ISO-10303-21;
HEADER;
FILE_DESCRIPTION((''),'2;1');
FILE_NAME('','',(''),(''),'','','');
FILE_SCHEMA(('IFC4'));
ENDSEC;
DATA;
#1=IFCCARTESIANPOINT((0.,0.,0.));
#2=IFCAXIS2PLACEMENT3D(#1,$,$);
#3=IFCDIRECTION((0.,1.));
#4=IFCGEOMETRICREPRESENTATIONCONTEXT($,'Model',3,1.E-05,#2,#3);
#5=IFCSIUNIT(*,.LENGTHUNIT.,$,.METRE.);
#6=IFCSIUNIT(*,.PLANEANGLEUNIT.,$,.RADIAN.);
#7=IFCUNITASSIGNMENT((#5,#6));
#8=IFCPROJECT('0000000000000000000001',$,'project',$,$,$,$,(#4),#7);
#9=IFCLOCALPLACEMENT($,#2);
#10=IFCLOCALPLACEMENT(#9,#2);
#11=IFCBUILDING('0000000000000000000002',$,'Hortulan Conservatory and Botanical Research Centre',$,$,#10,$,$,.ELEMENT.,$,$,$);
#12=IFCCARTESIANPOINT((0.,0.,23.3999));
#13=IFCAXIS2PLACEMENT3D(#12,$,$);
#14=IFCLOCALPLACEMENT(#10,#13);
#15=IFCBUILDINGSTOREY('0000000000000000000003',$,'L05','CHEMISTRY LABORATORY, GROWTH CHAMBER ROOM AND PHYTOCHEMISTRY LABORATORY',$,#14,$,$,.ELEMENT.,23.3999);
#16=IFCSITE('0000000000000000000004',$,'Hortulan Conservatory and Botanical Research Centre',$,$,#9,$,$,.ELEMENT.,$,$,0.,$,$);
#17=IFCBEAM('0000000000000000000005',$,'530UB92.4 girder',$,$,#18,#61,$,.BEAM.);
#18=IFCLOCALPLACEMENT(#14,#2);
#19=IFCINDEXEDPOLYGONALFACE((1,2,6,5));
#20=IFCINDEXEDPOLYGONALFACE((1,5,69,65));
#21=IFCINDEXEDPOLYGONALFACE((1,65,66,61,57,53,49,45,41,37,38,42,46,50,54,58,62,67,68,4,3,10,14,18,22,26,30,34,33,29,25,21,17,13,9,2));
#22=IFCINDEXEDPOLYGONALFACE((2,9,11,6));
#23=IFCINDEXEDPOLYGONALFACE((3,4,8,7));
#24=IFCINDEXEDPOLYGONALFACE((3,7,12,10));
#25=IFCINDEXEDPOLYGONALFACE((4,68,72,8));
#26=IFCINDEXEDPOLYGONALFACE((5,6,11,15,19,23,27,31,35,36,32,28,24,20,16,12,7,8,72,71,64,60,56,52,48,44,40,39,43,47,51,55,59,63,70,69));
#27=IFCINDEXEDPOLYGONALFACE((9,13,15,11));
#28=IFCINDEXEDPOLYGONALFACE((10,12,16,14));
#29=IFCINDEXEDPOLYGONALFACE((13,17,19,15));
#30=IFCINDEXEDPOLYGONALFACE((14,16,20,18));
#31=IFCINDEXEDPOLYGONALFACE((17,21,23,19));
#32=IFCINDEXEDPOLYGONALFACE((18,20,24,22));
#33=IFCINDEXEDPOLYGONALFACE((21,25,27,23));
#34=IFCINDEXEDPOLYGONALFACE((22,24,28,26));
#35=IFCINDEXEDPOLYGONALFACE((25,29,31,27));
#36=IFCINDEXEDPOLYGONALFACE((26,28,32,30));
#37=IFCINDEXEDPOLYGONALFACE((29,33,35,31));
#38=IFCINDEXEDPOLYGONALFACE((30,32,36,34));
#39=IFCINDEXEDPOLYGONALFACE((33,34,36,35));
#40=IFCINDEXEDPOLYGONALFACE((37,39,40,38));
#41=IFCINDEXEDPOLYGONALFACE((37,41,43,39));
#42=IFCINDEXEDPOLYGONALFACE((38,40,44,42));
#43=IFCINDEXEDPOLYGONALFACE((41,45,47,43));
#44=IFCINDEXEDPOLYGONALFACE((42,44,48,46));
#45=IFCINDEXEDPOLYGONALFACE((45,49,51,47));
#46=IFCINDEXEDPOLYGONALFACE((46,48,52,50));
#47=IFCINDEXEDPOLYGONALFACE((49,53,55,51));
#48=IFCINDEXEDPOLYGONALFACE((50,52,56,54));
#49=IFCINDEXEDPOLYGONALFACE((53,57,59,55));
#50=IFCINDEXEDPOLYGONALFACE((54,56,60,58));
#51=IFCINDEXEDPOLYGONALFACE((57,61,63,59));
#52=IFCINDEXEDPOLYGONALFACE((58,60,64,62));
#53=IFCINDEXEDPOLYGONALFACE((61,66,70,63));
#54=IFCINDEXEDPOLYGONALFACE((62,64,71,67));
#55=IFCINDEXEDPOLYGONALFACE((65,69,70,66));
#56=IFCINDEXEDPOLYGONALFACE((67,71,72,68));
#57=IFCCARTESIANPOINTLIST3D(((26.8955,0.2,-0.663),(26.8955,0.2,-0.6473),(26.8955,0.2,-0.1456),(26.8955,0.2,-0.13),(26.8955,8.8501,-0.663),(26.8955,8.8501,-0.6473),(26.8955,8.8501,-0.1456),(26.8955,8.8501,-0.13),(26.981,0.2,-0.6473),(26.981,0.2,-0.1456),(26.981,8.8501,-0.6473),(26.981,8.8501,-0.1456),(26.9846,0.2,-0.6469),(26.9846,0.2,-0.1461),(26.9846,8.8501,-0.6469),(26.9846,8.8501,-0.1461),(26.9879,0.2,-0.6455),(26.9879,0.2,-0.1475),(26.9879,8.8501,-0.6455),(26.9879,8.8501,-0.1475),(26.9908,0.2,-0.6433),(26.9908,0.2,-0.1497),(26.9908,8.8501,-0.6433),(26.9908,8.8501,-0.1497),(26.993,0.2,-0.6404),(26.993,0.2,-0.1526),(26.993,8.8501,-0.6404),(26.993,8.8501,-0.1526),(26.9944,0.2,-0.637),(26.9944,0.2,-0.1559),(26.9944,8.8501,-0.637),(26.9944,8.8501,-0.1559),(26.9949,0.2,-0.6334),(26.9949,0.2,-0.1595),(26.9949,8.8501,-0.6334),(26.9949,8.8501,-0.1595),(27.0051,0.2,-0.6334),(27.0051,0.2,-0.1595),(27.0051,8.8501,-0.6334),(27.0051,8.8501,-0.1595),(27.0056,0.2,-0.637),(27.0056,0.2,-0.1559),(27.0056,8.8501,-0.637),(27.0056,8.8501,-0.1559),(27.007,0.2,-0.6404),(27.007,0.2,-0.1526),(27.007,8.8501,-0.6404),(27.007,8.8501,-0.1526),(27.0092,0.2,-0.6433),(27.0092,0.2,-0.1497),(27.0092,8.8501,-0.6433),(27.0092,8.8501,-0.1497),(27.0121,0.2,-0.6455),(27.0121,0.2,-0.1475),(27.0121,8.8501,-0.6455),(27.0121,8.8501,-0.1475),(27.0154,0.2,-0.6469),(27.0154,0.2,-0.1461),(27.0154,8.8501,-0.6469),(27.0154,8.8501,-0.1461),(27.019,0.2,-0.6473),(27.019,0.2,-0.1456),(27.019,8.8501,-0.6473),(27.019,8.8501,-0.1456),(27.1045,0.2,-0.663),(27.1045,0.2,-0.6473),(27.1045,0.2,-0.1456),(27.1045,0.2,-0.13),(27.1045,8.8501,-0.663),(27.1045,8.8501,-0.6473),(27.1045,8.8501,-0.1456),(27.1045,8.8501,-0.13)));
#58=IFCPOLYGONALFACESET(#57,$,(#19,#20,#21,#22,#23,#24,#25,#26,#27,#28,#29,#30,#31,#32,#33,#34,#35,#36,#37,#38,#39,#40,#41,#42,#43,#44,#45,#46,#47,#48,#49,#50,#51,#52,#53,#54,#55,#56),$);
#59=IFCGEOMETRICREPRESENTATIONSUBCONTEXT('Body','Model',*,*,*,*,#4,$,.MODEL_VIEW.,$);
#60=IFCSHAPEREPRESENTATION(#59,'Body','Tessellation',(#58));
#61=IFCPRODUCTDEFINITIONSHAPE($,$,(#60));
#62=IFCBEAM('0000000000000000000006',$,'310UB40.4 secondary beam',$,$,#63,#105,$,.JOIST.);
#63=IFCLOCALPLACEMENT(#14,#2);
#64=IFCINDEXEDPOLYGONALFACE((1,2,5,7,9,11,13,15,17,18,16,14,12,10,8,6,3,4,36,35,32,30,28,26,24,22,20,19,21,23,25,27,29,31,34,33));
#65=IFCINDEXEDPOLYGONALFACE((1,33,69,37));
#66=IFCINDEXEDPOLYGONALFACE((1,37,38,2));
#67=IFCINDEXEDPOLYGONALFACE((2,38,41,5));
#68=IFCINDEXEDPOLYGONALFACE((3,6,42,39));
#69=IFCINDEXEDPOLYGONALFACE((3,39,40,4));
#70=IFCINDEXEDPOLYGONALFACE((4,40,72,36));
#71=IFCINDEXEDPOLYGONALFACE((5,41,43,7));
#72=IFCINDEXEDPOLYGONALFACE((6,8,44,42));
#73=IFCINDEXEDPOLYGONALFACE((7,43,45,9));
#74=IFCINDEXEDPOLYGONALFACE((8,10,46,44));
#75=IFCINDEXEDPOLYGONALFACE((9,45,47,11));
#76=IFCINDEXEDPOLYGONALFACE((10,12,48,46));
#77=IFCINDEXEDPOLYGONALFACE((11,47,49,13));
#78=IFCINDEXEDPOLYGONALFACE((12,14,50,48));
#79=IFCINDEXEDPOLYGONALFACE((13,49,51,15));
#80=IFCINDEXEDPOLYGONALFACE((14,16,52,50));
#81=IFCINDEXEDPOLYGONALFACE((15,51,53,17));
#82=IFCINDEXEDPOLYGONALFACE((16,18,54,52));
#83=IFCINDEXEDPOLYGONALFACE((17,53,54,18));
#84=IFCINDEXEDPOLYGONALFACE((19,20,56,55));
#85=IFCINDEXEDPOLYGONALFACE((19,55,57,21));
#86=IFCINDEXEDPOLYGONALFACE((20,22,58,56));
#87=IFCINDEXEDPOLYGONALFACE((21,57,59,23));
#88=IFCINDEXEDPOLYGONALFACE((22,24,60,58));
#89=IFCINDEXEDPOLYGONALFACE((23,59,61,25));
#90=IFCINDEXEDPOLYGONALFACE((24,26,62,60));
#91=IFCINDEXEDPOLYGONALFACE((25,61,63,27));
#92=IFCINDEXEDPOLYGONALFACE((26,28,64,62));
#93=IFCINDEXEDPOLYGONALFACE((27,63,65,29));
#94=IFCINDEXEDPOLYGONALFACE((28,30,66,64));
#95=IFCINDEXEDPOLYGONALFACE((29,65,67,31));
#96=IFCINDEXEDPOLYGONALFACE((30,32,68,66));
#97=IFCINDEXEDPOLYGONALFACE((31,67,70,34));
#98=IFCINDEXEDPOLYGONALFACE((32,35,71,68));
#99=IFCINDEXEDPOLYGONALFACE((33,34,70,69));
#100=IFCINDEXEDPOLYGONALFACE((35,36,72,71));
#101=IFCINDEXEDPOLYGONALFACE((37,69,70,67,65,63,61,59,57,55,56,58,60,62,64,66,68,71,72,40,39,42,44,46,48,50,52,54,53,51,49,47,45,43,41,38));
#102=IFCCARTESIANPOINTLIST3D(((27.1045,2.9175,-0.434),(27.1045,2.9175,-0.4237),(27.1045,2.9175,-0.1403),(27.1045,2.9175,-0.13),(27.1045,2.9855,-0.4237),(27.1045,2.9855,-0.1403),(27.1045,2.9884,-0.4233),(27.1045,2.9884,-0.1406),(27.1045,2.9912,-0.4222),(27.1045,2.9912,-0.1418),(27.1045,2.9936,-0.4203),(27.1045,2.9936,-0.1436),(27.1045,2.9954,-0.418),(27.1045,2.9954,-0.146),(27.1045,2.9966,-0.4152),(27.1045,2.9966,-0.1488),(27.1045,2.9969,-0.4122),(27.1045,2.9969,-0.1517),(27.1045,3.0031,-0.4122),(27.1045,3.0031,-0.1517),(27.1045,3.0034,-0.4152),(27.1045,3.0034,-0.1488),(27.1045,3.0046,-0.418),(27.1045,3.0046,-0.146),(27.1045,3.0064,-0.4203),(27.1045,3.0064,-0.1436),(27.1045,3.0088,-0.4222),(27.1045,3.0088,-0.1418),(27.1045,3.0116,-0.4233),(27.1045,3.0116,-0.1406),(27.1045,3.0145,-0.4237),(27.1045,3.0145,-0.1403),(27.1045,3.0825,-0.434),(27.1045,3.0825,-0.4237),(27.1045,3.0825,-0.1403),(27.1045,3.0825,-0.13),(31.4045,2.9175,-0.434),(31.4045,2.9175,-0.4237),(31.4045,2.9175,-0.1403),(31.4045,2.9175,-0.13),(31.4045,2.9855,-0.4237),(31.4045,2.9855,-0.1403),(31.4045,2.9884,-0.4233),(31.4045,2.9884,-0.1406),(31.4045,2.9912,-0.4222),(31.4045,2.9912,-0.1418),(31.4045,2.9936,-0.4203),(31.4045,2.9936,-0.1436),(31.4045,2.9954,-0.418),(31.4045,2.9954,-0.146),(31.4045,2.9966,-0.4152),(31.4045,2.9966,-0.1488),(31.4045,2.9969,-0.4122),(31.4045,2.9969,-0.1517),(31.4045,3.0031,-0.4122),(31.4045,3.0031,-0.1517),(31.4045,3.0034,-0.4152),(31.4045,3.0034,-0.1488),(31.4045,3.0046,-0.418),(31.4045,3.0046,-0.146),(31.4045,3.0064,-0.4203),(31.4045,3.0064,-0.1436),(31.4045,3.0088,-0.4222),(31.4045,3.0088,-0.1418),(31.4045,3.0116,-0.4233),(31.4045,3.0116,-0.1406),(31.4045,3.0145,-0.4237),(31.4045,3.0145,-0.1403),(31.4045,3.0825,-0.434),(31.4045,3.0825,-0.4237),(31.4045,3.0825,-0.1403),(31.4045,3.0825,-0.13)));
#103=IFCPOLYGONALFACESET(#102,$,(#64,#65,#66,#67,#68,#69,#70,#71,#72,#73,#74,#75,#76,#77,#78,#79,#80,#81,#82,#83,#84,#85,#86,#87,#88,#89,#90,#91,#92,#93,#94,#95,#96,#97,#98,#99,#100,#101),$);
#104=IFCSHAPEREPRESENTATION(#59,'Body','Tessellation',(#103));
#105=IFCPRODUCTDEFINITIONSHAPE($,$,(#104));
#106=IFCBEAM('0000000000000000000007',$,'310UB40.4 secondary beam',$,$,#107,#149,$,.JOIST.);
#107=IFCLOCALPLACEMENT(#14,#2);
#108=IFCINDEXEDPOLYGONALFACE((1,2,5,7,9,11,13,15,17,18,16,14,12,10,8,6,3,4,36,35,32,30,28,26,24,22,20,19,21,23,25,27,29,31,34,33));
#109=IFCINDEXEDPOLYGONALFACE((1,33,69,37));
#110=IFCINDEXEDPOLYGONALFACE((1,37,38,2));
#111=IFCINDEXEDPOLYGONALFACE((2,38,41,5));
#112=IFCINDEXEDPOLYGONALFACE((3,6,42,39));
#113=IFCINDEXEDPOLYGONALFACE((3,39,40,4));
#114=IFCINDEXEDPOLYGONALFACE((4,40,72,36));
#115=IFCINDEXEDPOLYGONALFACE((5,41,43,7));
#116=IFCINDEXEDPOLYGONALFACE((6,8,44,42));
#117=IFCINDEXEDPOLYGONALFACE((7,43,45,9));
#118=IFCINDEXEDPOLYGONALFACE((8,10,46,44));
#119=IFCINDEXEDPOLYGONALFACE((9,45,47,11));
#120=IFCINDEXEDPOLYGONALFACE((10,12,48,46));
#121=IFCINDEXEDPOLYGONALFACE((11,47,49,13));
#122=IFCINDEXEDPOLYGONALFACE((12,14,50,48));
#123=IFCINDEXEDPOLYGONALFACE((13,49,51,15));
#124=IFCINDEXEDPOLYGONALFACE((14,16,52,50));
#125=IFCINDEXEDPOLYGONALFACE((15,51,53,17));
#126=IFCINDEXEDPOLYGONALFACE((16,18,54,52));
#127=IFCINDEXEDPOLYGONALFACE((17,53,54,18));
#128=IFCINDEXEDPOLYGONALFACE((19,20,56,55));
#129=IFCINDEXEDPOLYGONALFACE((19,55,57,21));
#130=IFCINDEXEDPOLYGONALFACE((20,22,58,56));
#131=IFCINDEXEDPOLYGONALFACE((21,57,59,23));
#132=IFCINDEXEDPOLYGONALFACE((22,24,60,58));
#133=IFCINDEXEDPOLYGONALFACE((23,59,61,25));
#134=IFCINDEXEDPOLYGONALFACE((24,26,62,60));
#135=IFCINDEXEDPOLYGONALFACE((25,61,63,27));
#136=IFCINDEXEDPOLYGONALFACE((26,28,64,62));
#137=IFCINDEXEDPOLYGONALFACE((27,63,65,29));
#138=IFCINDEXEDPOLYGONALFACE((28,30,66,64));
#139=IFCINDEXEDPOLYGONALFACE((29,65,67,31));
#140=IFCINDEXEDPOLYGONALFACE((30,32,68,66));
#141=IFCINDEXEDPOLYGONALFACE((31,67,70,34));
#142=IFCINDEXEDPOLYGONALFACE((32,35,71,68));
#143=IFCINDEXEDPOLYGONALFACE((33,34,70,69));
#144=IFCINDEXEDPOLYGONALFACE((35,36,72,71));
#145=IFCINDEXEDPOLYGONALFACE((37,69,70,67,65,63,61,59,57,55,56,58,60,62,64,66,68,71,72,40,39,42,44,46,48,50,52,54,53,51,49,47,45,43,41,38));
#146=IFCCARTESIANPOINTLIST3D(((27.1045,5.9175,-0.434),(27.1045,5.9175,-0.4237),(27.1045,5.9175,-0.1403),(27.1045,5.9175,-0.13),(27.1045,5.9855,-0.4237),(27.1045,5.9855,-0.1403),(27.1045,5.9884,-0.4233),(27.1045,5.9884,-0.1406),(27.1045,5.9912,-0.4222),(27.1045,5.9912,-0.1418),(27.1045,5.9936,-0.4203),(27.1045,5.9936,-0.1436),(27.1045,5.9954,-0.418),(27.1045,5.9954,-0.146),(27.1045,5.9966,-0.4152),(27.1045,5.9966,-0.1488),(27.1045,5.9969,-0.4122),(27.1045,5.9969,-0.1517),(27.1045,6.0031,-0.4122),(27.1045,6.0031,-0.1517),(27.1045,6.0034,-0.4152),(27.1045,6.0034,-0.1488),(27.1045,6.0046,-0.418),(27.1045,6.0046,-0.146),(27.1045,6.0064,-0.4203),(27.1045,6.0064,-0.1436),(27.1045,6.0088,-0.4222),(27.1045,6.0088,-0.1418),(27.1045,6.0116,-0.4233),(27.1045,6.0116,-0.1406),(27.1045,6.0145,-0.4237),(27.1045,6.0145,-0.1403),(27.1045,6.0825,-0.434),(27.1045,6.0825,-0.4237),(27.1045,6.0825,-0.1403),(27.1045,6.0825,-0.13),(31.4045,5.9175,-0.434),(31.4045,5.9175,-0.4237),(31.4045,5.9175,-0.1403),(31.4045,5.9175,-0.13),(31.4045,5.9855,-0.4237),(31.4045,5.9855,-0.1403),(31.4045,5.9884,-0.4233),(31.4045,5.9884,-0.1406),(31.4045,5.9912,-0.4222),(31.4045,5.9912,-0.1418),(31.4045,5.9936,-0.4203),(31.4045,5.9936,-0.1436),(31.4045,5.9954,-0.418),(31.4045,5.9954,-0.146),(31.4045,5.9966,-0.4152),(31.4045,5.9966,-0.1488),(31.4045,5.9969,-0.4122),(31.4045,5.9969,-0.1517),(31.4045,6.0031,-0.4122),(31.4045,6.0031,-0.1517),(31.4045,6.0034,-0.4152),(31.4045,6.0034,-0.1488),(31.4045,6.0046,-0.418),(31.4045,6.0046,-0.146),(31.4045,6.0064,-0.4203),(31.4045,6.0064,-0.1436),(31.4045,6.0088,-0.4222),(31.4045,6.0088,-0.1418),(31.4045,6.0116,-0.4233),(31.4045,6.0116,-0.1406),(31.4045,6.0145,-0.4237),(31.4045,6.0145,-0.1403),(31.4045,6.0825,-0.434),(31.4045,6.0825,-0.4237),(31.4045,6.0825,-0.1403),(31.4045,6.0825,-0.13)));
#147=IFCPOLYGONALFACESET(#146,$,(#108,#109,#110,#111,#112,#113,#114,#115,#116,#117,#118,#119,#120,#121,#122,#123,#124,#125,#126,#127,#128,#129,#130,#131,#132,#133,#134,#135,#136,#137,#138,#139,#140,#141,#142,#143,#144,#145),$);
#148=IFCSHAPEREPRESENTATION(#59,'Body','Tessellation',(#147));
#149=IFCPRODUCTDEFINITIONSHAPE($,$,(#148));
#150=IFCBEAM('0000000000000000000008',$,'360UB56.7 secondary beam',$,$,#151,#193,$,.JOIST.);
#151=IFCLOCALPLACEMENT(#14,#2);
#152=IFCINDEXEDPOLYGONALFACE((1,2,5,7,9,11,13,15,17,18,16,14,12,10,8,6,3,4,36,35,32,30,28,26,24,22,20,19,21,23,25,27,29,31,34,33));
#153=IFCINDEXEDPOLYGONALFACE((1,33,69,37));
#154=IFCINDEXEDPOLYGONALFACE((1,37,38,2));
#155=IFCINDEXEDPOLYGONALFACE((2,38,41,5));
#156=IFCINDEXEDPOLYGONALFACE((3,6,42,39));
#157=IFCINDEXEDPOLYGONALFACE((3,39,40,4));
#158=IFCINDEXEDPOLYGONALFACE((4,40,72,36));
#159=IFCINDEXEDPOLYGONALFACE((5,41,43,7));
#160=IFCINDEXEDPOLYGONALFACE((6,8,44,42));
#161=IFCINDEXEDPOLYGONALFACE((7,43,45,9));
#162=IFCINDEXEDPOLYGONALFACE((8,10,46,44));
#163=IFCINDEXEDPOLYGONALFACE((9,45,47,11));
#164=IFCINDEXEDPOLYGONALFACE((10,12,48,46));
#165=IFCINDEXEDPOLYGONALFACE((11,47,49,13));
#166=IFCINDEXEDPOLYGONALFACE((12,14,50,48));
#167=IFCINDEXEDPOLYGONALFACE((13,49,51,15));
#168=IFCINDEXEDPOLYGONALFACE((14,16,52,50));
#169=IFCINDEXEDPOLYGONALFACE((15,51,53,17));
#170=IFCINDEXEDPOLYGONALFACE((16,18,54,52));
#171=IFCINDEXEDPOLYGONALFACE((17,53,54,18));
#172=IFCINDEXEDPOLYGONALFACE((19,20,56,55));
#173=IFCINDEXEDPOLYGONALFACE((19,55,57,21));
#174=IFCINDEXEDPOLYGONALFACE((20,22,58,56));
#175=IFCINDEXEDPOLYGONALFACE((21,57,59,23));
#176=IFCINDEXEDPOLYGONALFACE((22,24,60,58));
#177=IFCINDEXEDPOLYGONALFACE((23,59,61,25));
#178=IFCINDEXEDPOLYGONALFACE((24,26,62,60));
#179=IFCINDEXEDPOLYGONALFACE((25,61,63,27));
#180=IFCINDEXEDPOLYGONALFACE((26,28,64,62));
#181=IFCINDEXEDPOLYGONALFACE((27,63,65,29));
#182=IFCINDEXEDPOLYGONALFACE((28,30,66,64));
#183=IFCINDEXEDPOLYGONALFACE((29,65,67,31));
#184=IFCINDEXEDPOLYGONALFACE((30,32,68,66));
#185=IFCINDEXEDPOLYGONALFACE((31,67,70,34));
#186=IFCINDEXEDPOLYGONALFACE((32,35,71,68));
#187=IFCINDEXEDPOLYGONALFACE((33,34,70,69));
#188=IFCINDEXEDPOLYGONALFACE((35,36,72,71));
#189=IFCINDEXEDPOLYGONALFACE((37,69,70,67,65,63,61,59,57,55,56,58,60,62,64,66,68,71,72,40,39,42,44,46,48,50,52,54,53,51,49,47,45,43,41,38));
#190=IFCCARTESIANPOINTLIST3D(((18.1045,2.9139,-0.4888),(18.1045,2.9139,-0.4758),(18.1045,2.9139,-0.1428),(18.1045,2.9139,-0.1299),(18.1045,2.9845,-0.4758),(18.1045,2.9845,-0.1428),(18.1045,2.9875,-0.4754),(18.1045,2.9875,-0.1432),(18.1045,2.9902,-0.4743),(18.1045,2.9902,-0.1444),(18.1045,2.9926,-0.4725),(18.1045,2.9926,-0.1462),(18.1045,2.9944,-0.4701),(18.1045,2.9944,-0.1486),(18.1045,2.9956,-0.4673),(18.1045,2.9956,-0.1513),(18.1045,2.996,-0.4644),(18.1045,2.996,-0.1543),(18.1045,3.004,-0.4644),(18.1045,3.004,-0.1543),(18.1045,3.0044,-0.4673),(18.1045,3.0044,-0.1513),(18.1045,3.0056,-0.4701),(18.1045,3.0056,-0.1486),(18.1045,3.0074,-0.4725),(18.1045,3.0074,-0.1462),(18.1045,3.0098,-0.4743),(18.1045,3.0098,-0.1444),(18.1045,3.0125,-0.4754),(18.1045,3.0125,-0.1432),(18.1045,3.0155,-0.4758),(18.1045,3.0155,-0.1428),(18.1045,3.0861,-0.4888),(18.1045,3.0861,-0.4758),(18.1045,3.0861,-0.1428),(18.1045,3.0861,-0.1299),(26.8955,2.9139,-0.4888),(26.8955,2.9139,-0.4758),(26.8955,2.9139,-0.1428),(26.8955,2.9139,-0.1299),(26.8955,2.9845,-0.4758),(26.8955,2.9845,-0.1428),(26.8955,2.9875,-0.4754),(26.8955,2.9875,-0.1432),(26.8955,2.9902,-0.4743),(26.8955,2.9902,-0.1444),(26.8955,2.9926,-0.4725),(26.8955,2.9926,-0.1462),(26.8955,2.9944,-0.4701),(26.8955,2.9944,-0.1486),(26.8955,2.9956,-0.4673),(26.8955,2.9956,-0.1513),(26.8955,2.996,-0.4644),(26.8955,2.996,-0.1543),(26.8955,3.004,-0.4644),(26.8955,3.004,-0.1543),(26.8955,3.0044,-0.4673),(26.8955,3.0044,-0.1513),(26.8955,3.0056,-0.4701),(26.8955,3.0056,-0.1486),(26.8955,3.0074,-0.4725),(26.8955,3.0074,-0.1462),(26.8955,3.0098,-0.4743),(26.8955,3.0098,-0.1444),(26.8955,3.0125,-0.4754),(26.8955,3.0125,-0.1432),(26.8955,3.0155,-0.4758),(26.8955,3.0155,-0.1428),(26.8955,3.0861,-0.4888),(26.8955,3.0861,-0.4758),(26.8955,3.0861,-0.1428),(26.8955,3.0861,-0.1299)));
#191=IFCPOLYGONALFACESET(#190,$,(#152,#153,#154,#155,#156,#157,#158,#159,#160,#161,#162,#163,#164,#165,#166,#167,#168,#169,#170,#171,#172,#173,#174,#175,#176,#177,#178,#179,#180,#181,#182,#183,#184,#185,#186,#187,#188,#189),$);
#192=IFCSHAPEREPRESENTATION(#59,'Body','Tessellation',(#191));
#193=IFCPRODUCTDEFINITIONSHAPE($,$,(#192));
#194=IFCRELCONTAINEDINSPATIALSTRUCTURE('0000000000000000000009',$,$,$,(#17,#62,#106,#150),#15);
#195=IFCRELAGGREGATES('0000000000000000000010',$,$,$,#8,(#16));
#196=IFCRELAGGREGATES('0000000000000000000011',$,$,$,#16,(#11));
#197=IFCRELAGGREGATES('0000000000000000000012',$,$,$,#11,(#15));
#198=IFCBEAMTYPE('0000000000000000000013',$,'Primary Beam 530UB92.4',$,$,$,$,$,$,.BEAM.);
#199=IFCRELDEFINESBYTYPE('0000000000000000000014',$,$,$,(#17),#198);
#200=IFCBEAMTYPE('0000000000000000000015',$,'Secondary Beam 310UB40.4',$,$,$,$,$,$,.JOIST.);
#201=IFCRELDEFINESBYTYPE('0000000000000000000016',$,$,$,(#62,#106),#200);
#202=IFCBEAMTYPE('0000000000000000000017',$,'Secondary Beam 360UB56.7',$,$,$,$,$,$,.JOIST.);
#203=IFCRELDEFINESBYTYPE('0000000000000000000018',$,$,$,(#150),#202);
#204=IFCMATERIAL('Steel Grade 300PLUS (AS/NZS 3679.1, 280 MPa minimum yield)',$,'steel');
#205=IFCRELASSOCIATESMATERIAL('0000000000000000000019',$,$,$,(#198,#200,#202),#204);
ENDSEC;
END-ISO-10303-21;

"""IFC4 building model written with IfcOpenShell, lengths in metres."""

from ifc_helpers import new_model, si_unit, direction, frame, origin, origin_2d, place, context, subcontext, project, spatial, i_section, extrude, material, material_profile, profile_set, type_object, element, save


model = new_model("IFC4")

# Units and contexts
model_context = context("Model", 3, precision=1e-05, world=origin(), true_north=direction((0.0, 1.0)))
body_context = subcontext(model_context, "Body", "Model", "MODEL_VIEW")
ifc_project = project(units=[si_unit("LENGTHUNIT", "METRE"), si_unit("PLANEANGLEUNIT", "RADIAN")], contexts=[model_context])

# Site, building, storey
site_placement = place(None, origin())
site = spatial("IfcSite", under=ifc_project, at=site_placement, Name="Hortulan Conservatory and Botanical Research Centre", CompositionType="ELEMENT", RefElevation=0.0)
building_placement = place(site_placement, origin())
building = spatial("IfcBuilding", under=site, at=building_placement, Name="Hortulan Conservatory and Botanical Research Centre", CompositionType="ELEMENT")
storey_placement = place(building_placement, frame((0.0, 0.0, 23.3999)))
storey = spatial("IfcBuildingStorey", under=building, at=storey_placement, Name="L05", Description="CHEMISTRY LABORATORY, GROWTH CHAMBER ROOM AND PHYTOCHEMISTRY LABORATORY", CompositionType="ELEMENT", Elevation=23.3999)

# Shared definitions
ifc_material_1 = material(Name="Steel Grade 300PLUS (AS/NZS 3679.1, 280 MPa minimum yield)", Category="steel")

# Beams
ifc_material_profile_1 = material_profile(ifc_material_1, i_section(OverallWidth=0.209, OverallDepth=0.533, WebThickness=0.0103, FlangeThickness=0.0156, FilletRadius=0.0139, at=origin_2d()), Name="530UB92.4")
ifc_profile_set_1 = profile_set([ifc_material_profile_1], Name="Steel Grade 300PLUS (AS/NZS 3679.1, 280 MPa minimum yield)")
beam_type_1 = type_object("IfcBeamType", Name="Primary Beam 530UB92.4", PredefinedType="BEAM", material=ifc_profile_set_1)
beam_1_placement = place(storey_placement, frame((27.0, 0.2, -0.3965), z_axis=(0.0, 1.0, 0.0), x_axis=(-1.0, 0.0, 0.0)))
element("IfcBeam", 1, at=beam_1_placement, inside=storey, type_object=beam_type_1, Name="530UB92.4 girder", PredefinedType="BEAM", context=body_context, shape_type="SweptSolid", body=[
    extrude(i_section(OverallWidth=0.209, OverallDepth=0.533, WebThickness=0.0103, FlangeThickness=0.0156, FilletRadius=0.0139, at=origin_2d()), origin(), (0.0, 0.0, 1.0), 8.6501),
])
ifc_material_profile_2 = material_profile(ifc_material_1, i_section(OverallWidth=0.165, OverallDepth=0.304, WebThickness=0.0061, FlangeThickness=0.0103, FilletRadius=0.0115, at=origin_2d()), Name="310UB40.4")
ifc_profile_set_2 = profile_set([ifc_material_profile_2], Name="Steel Grade 300PLUS (AS/NZS 3679.1, 280 MPa minimum yield)")
beam_type_2 = type_object("IfcBeamType", Name="Secondary Beam 310UB40.4", PredefinedType="JOIST", material=ifc_profile_set_2)
for number, where, z_axis, x_axis, name in (
    (2, (27.1045, 3.0, -0.282), (1.0, 0.0, 0.0), (0.0, 1.0, 0.0), "310UB40.4 secondary beam"),
    (3, (27.1045, 6.0, -0.282), (1.0, 0.0, 0.0), (0.0, 1.0, 0.0), "310UB40.4 secondary beam"),
):
    element("IfcBeam", number, at=place(storey_placement, frame(where, z_axis=z_axis, x_axis=x_axis)), inside=storey, type_object=beam_type_2, Name=name, PredefinedType="JOIST", context=body_context, shape_type="SweptSolid", body=[
        extrude(i_section(OverallWidth=0.165, OverallDepth=0.304, WebThickness=0.0061, FlangeThickness=0.0103, FilletRadius=0.0115, at=origin_2d()), origin(), (0.0, 0.0, 1.0), 4.3),
    ])
ifc_material_profile_3 = material_profile(ifc_material_1, i_section(OverallWidth=0.1721, OverallDepth=0.3589, WebThickness=0.0081, FlangeThickness=0.0129, FilletRadius=0.0115, at=origin_2d()), Name="360UB56.7")
ifc_profile_set_3 = profile_set([ifc_material_profile_3], Name="Steel Grade 300PLUS (AS/NZS 3679.1, 280 MPa minimum yield)")
beam_type_3 = type_object("IfcBeamType", Name="Secondary Beam 360UB56.7", PredefinedType="JOIST", material=ifc_profile_set_3)
for number, where, z_axis, x_axis, name in (
    (4, (18.1045, 3.0, -0.3093), (1.0, 0.0, 0.0), (0.0, 1.0, 0.0), "360UB56.7 secondary beam"),
):
    element("IfcBeam", number, at=place(storey_placement, frame(where, z_axis=z_axis, x_axis=x_axis)), inside=storey, type_object=beam_type_3, Name=name, PredefinedType="JOIST", context=body_context, shape_type="SweptSolid", body=[
        extrude(i_section(OverallWidth=0.1721, OverallDepth=0.3589, WebThickness=0.0081, FlangeThickness=0.0129, FilletRadius=0.0115, at=origin_2d()), origin(), (0.0, 0.0, 1.0), 8.791),
    ])

save(model, "model.ifc")
